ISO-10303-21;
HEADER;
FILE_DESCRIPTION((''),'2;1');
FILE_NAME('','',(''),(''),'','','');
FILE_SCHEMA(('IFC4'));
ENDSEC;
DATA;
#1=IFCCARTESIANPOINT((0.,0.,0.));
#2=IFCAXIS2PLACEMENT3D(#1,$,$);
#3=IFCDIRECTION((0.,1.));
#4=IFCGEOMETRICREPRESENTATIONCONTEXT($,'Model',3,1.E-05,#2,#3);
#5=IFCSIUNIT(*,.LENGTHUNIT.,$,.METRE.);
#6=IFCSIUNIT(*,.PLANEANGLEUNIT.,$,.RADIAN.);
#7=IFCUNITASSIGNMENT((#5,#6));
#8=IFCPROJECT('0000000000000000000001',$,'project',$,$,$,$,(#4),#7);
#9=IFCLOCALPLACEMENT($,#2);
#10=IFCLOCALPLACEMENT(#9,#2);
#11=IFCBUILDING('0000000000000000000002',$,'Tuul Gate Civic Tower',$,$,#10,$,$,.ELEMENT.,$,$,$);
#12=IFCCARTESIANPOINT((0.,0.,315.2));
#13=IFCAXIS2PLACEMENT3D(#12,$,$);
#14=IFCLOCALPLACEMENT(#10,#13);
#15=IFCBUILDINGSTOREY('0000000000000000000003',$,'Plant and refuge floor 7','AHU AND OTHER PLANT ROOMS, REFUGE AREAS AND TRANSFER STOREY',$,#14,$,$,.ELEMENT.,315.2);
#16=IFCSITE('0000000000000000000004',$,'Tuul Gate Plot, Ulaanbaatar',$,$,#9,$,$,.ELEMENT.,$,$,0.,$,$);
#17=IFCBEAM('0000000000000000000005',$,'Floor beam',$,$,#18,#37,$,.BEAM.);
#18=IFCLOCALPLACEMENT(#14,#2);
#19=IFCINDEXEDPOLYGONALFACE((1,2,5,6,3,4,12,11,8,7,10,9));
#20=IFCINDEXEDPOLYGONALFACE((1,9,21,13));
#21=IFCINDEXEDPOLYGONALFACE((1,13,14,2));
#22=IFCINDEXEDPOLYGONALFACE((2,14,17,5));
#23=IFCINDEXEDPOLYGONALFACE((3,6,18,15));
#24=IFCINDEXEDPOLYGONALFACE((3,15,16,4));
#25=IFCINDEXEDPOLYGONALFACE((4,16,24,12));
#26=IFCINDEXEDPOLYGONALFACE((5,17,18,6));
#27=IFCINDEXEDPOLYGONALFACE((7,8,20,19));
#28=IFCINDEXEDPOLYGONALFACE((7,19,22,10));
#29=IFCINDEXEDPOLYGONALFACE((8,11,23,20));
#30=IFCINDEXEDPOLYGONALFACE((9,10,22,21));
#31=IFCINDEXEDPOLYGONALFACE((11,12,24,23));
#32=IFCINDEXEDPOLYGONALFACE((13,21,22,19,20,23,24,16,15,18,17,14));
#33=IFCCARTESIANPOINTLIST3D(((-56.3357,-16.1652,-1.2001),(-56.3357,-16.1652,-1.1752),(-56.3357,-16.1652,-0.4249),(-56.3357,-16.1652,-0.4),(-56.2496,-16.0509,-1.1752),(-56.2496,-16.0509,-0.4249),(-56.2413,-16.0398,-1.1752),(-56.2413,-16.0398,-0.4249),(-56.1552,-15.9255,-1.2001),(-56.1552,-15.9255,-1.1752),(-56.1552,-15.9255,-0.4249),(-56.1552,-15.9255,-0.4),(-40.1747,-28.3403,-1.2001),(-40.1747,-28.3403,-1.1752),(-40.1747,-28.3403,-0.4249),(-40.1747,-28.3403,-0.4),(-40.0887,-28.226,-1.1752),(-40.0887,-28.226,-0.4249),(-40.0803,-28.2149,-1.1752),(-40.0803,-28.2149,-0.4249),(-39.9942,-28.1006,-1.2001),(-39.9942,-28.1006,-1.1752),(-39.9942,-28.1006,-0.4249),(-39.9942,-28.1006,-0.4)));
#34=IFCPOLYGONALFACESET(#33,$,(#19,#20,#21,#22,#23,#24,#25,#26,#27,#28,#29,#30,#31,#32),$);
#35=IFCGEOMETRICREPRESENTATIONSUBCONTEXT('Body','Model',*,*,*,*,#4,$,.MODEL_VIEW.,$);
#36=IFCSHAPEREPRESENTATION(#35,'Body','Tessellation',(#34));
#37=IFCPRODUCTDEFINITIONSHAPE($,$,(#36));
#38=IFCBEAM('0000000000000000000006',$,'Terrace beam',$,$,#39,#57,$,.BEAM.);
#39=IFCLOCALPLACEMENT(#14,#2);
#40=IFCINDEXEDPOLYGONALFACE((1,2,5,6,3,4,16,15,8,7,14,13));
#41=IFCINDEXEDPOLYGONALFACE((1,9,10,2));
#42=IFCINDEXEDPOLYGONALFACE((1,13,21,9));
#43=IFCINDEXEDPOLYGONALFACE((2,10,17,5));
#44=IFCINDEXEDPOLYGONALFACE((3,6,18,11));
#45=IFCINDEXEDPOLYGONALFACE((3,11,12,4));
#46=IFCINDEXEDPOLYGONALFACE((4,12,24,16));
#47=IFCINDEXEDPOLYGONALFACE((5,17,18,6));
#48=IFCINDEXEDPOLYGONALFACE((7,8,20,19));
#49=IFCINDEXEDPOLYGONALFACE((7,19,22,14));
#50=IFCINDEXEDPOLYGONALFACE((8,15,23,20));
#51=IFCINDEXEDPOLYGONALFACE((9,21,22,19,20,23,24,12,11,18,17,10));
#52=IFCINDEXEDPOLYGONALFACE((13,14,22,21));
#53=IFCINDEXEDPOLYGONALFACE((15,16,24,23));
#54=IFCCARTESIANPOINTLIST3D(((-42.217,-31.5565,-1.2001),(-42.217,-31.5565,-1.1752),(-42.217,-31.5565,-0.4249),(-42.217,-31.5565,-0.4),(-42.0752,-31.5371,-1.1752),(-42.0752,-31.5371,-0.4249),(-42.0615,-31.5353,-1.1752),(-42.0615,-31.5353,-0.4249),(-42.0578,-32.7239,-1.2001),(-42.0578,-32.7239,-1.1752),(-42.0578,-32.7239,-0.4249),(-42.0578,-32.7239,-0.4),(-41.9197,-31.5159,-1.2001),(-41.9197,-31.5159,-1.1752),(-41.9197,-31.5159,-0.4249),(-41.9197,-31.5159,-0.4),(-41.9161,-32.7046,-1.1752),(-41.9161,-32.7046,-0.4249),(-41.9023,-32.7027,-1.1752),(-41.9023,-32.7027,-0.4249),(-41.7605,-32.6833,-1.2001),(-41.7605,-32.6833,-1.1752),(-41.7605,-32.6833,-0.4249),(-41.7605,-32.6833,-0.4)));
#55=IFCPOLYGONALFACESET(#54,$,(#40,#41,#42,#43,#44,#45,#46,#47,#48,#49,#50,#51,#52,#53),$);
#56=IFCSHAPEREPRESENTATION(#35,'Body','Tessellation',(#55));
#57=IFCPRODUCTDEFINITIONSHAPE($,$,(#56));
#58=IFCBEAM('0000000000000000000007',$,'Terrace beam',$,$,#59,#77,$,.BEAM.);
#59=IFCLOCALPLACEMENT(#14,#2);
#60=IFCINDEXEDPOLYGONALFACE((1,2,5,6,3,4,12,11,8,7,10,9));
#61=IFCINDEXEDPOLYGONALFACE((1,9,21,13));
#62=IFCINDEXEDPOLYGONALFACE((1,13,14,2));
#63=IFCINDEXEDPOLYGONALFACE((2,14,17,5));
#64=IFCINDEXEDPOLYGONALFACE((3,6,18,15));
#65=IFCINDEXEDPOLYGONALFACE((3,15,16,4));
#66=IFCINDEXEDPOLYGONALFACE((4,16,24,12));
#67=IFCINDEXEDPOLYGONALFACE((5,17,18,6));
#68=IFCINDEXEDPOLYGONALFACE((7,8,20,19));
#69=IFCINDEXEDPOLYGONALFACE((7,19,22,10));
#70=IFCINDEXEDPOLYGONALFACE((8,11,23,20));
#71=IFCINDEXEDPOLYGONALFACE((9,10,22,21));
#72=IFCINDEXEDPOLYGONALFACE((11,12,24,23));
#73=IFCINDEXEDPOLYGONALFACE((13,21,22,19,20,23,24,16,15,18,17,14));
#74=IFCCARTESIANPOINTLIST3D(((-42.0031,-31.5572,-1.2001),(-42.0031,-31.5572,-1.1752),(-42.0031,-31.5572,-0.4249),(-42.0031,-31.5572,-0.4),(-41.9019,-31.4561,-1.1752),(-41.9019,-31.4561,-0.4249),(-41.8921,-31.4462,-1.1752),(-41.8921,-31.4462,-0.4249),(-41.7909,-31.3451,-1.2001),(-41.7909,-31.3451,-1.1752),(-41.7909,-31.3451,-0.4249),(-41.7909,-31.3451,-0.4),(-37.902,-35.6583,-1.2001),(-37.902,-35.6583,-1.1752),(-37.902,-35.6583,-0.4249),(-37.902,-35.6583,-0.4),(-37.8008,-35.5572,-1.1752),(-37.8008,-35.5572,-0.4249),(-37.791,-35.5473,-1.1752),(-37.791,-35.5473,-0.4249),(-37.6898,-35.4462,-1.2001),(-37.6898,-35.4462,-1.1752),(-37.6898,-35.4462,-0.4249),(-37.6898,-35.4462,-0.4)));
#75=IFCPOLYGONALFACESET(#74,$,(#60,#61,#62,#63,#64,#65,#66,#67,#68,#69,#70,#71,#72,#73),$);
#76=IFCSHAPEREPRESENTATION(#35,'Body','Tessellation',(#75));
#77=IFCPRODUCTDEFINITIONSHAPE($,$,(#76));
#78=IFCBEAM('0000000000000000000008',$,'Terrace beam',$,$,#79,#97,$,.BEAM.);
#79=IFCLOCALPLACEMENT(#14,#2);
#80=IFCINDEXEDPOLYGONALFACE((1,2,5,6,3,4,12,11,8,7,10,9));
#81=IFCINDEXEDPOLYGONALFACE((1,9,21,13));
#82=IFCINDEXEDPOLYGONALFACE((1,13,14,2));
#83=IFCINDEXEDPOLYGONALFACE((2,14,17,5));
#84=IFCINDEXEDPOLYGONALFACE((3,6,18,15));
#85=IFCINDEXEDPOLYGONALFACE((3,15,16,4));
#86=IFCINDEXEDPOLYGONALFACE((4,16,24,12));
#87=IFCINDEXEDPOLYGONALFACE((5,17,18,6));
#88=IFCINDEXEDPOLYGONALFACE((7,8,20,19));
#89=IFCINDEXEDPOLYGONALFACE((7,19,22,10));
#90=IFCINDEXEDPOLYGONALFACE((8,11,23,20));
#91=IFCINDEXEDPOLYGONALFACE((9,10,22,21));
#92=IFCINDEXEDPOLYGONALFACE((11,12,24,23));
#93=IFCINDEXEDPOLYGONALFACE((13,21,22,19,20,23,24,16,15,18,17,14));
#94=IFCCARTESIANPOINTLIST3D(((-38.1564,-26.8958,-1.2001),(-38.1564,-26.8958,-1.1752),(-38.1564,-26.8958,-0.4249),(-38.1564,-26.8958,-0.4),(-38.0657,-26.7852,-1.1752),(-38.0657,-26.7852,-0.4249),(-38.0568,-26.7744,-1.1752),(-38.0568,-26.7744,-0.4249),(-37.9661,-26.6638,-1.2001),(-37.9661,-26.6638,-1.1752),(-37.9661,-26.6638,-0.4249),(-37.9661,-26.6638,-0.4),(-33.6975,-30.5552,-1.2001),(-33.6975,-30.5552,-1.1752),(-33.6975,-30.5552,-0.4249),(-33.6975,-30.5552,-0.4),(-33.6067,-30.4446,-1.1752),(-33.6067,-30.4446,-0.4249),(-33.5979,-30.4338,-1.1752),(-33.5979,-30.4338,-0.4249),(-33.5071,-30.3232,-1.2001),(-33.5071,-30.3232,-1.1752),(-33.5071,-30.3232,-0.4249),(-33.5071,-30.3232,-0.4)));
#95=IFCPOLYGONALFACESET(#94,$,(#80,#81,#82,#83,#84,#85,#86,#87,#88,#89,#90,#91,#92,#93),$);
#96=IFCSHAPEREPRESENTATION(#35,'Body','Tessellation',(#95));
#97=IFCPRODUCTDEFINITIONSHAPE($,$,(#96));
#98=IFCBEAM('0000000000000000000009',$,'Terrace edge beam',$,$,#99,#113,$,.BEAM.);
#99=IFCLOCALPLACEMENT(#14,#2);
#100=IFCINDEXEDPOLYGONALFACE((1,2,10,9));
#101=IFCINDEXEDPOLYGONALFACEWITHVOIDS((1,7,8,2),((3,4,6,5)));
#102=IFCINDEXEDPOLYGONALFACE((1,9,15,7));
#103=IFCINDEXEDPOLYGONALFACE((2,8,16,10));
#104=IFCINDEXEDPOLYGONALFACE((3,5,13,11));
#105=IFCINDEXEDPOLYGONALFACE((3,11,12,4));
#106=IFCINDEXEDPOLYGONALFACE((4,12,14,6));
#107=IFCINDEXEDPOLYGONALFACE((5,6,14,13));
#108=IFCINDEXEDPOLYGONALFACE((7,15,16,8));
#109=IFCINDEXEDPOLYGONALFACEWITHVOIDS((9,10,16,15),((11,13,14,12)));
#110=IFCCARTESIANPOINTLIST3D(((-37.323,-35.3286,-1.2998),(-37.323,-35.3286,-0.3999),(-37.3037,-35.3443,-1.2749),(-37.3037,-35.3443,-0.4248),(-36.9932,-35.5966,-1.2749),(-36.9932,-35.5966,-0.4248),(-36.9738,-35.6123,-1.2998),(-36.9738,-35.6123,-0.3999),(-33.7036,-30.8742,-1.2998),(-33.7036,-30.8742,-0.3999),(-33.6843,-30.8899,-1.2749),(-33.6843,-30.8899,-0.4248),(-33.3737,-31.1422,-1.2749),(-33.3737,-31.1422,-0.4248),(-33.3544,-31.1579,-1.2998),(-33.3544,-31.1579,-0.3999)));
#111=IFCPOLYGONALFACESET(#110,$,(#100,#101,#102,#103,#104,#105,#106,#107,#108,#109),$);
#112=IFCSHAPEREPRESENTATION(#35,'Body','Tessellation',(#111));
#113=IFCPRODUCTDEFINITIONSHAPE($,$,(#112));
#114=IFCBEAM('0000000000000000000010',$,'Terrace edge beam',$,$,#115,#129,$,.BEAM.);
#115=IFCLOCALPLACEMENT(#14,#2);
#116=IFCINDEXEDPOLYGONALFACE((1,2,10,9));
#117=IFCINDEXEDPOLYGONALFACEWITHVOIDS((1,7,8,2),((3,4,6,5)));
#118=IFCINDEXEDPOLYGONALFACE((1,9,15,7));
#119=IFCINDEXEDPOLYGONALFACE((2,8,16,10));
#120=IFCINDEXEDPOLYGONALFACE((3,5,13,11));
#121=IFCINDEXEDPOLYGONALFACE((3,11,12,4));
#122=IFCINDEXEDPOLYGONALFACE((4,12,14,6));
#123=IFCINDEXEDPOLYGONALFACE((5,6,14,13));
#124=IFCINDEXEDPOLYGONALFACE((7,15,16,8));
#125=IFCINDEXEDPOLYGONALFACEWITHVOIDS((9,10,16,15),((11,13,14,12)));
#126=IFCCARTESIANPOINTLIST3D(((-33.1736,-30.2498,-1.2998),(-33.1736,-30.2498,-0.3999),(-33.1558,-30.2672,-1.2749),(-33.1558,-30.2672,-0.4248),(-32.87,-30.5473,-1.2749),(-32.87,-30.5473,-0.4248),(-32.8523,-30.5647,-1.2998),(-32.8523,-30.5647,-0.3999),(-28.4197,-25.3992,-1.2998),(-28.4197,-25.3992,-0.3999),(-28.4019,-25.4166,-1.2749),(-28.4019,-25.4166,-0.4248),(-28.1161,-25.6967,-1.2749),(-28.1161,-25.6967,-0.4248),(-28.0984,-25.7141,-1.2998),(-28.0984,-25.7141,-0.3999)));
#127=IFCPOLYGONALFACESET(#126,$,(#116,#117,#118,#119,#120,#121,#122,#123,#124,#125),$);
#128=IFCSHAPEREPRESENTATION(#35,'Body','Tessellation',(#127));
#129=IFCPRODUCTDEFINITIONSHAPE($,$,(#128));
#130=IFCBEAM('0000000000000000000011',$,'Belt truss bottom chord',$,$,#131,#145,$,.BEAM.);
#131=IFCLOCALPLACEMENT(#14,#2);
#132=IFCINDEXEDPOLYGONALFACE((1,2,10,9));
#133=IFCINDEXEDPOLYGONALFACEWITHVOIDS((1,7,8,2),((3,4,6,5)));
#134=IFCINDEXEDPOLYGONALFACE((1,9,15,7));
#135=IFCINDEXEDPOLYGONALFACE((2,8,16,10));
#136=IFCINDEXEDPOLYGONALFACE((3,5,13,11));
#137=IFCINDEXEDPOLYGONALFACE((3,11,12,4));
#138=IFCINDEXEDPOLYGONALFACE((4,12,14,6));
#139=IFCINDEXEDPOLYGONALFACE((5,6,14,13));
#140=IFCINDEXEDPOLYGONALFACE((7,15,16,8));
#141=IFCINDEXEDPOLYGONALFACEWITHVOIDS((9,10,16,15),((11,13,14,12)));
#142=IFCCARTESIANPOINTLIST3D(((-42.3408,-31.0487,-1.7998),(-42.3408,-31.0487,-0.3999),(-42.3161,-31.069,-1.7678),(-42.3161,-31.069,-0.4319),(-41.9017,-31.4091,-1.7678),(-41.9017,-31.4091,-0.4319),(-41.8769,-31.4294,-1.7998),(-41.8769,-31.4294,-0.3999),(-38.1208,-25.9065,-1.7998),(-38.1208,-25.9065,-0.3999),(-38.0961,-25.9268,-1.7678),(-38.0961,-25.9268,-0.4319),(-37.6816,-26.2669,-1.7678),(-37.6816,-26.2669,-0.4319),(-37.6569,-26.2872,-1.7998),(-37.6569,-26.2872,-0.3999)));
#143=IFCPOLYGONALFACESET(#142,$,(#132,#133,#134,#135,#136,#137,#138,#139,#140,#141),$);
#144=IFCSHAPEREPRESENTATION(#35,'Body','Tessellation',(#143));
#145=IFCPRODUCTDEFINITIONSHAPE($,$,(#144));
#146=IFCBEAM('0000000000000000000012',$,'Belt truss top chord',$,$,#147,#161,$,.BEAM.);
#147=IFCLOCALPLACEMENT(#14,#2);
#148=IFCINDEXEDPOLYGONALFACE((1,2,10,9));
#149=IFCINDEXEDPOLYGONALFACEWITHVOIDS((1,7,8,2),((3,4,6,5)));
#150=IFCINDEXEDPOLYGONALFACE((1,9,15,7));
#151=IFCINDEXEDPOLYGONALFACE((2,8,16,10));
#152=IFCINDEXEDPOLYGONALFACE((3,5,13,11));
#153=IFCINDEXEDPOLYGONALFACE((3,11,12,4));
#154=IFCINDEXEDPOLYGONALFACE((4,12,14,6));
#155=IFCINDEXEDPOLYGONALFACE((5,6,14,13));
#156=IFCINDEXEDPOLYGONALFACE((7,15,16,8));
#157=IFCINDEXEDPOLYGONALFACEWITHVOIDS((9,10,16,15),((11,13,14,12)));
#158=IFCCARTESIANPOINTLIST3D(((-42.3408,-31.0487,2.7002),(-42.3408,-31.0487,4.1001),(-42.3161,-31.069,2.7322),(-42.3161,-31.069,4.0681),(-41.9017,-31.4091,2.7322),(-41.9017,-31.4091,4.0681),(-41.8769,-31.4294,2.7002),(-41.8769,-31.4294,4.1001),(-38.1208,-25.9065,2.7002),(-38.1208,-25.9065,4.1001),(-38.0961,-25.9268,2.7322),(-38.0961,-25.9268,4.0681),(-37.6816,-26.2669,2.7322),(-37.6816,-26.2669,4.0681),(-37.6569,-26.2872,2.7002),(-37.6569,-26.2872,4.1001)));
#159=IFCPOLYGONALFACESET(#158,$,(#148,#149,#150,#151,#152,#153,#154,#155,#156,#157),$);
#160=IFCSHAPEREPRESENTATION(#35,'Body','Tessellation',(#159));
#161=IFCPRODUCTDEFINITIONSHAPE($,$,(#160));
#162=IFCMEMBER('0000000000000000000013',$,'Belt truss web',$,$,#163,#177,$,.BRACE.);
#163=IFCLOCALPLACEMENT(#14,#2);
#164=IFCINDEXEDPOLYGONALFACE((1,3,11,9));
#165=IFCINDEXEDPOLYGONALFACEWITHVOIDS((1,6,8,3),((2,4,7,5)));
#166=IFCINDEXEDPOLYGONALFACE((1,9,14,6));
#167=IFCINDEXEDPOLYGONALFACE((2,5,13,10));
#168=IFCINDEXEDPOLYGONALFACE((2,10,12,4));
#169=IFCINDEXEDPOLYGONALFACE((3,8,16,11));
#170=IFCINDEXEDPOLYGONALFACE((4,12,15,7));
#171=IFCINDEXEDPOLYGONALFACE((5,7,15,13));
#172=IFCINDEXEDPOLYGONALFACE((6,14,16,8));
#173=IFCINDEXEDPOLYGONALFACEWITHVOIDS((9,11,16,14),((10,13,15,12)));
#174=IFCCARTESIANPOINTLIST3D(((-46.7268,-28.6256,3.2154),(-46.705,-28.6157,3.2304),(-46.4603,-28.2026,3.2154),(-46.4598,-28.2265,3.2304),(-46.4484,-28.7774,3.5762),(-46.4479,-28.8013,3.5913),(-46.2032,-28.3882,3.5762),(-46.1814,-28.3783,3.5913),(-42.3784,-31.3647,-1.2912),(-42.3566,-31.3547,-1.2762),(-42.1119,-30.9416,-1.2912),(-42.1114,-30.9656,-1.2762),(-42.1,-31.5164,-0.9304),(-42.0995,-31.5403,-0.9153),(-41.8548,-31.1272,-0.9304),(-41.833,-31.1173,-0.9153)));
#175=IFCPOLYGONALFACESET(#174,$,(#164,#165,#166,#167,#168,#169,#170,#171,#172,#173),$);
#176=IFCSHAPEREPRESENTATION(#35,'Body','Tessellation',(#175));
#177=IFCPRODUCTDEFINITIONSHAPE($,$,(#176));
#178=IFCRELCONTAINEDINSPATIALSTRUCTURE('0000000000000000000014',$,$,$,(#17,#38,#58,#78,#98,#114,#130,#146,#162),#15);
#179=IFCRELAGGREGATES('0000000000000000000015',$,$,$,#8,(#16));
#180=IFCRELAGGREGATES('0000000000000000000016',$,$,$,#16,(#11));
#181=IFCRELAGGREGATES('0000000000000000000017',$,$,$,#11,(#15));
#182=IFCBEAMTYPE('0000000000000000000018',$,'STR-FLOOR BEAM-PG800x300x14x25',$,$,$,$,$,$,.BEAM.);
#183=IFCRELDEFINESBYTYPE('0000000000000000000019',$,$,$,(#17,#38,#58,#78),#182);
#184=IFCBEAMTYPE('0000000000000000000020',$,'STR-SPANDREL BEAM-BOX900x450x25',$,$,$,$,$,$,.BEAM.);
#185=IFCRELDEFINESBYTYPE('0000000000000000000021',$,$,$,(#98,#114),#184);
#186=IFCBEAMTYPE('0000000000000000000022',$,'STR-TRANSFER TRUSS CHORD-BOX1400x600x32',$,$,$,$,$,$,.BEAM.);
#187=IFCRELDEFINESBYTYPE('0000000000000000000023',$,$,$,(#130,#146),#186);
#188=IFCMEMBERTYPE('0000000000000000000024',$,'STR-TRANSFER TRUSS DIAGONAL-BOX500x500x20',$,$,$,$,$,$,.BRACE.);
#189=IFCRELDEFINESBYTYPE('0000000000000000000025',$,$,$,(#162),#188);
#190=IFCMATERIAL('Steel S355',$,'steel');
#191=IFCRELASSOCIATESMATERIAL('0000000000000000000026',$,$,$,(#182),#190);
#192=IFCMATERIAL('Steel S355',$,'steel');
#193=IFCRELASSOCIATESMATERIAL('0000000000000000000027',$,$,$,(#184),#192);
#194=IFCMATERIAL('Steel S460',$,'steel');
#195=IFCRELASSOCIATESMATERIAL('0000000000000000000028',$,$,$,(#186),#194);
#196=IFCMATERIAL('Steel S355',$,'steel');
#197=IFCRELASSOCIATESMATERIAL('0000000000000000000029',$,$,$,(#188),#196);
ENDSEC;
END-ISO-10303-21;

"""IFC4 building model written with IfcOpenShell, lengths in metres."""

from ifc_helpers import new_model, si_unit, direction, frame, origin, origin_2d, place, context, subcontext, project, spatial, hollow_rectangle, i_section, extrude, material, material_profile, profile_set, type_object, element, save


model = new_model("IFC4")

# Units and contexts
model_context = context("Model", 3, precision=1e-05, world=origin(), true_north=direction((0.0, 1.0)))
body_context = subcontext(model_context, "Body", "Model", "MODEL_VIEW")
ifc_project = project(units=[si_unit("LENGTHUNIT", "METRE"), si_unit("PLANEANGLEUNIT", "RADIAN")], contexts=[model_context])

# Site, building, storey
site_placement = place(None, origin())
site = spatial("IfcSite", under=ifc_project, at=site_placement, Name="Tuul Gate Plot, Ulaanbaatar", CompositionType="ELEMENT", RefElevation=0.0)
building_placement = place(site_placement, origin())
building = spatial("IfcBuilding", under=site, at=building_placement, Name="Tuul Gate Civic Tower", CompositionType="ELEMENT")
storey_placement = place(building_placement, frame((0.0, 0.0, 315.2)))
storey = spatial("IfcBuildingStorey", under=building, at=storey_placement, Name="Plant and refuge floor 7", Description="AHU AND OTHER PLANT ROOMS, REFUGE AREAS AND TRANSFER STOREY", CompositionType="ELEMENT", Elevation=315.2)

# Beams
ifc_material_1 = material(Name="Steel S355", Category="steel")
ifc_material_profile_1 = material_profile(ifc_material_1, i_section(OverallWidth=0.3, OverallDepth=0.8, WebThickness=0.0139, FlangeThickness=0.0249, at=origin_2d()), Name="PG800x300x14x25")
ifc_profile_set_1 = profile_set([ifc_material_profile_1], Name="Steel S355")
beam_type_1 = type_object("IfcBeamType", Name="STR-FLOOR BEAM-PG800x300x14x25", PredefinedType="BEAM", material=ifc_profile_set_1)
beam_1_placement = place(storey_placement, frame((-40.0845, -28.2205, -0.8), z_axis=(-0.798708, 0.601719, 0.0), x_axis=(-0.601719, -0.798708, 0.0)))
element("IfcBeam", 1, at=beam_1_placement, inside=storey, type_object=beam_type_1, Name="Floor beam", PredefinedType="BEAM", context=body_context, shape_type="SweptSolid", body=[
    extrude(i_section(OverallWidth=0.3, OverallDepth=0.8, WebThickness=0.0139, FlangeThickness=0.0249, at=origin_2d()), origin(), (0.0, 0.0, 1.0), 20.2339),
])
beam_2_placement = place(storey_placement, frame((-41.9092, -32.7036, -0.8), z_axis=(-0.135095, 0.990833, 0.0), x_axis=(-0.990833, -0.135095, 0.0)))
element("IfcBeam", 2, at=beam_2_placement, inside=storey, type_object=beam_type_1, Name="Terrace beam", PredefinedType="BEAM", context=body_context, shape_type="SweptSolid", body=[
    extrude(i_section(OverallWidth=0.3, OverallDepth=0.8, WebThickness=0.0139, FlangeThickness=0.0249, at=origin_2d()), origin(), (0.0, 0.0, 1.0), 1.1782),
])
beam_3_placement = place(storey_placement, frame((-37.7959, -35.5522, -0.8), z_axis=(-0.707107, 0.707107, 0.0), x_axis=(-0.707107, -0.707107, 0.0)))
element("IfcBeam", 3, at=beam_3_placement, inside=storey, type_object=beam_type_1, Name="Terrace beam", PredefinedType="BEAM", context=body_context, shape_type="SweptSolid", body=[
    extrude(i_section(OverallWidth=0.3, OverallDepth=0.8, WebThickness=0.0139, FlangeThickness=0.0249, at=origin_2d()), origin(), (0.0, 0.0, 1.0), 5.7998),
])
beam_4_placement = place(storey_placement, frame((-33.6023, -30.4392, -0.8), z_axis=(-0.773008, 0.634396, 0.0), x_axis=(-0.634396, -0.773008, 0.0)))
element("IfcBeam", 4, at=beam_4_placement, inside=storey, type_object=beam_type_1, Name="Terrace beam", PredefinedType="BEAM", context=body_context, shape_type="SweptSolid", body=[
    extrude(i_section(OverallWidth=0.3, OverallDepth=0.8, WebThickness=0.0139, FlangeThickness=0.0249, at=origin_2d()), origin(), (0.0, 0.0, 1.0), 5.7683),
])
ifc_material_2 = material(Name="Steel S355", Category="steel")
ifc_material_profile_2 = material_profile(ifc_material_2, hollow_rectangle(XDim=0.45, YDim=0.8999, WallThickness=0.0249, at=origin_2d()), Name="BOX900x450x25")
ifc_profile_set_2 = profile_set([ifc_material_profile_2], Name="Steel S355")
beam_type_2 = type_object("IfcBeamType", Name="STR-SPANDREL BEAM-BOX900x450x25", PredefinedType="BEAM", material=ifc_profile_set_2)
beam_5_placement = place(storey_placement, frame((-37.1484, -35.4705, -0.8499), z_axis=(0.630617, 0.776094, 0.0), x_axis=(-0.776094, 0.630617, 0.0)))
element("IfcBeam", 5, at=beam_5_placement, inside=storey, type_object=beam_type_2, Name="Terrace edge beam", PredefinedType="BEAM", context=body_context, shape_type="SweptSolid", body=[
    extrude(hollow_rectangle(XDim=0.45, YDim=0.8999, WallThickness=0.0249, at=origin_2d()), origin(), (0.0, 0.0, 1.0), 5.7395),
])
beam_6_placement = place(storey_placement, frame((-33.0129, -30.4072, -0.8499), z_axis=(0.699954, 0.714188, 0.0), x_axis=(-0.714188, 0.699954, 0.0)))
element("IfcBeam", 6, at=beam_6_placement, inside=storey, type_object=beam_type_2, Name="Terrace edge beam", PredefinedType="BEAM", context=body_context, shape_type="SweptSolid", body=[
    extrude(hollow_rectangle(XDim=0.45, YDim=0.8999, WallThickness=0.0249, at=origin_2d()), origin(), (0.0, 0.0, 1.0), 6.7917),
])
ifc_material_3 = material(Name="Steel S460", Category="steel")
ifc_material_profile_3 = material_profile(ifc_material_3, hollow_rectangle(XDim=0.6001, YDim=1.3999, WallThickness=0.032, at=origin_2d()), Name="BOX1400x600x32")
ifc_profile_set_3 = profile_set([ifc_material_profile_3], Name="Steel S460")
beam_type_3 = type_object("IfcBeamType", Name="STR-TRANSFER TRUSS CHORD-BOX1400x600x32", PredefinedType="BEAM", material=ifc_profile_set_3)
for number, where, z_axis, x_axis, name in (
    (7, (-42.1089, -31.239, -1.0999), (0.63439, 0.773013, 0.0), (-0.773013, 0.63439, 0.0), "Belt truss bottom chord"),
    (8, (-42.1089, -31.239, 3.4001), (0.63439, 0.773013, 0.0), (-0.773013, 0.63439, 0.0), "Belt truss top chord"),
):
    element("IfcBeam", number, at=place(storey_placement, frame(where, z_axis=z_axis, x_axis=x_axis)), inside=storey, type_object=beam_type_3, Name=name, PredefinedType="BEAM", context=body_context, shape_type="SweptSolid", body=[
        extrude(hollow_rectangle(XDim=0.6001, YDim=1.3999, WallThickness=0.032, at=origin_2d()), origin(), (0.0, 0.0, 1.0), 6.6521),
    ])

# Member
ifc_material_4 = material(Name="Steel S355", Category="steel")
ifc_material_profile_4 = material_profile(ifc_material_4, hollow_rectangle(XDim=0.5, YDim=0.5, WallThickness=0.02, at=origin_2d()), Name="BOX500x500x20")
ifc_profile_set_4 = profile_set([ifc_material_profile_4], Name="Steel S355")
member_type_1 = type_object("IfcMemberType", Name="STR-TRANSFER TRUSS DIAGONAL-BOX500x500x20", PredefinedType="BRACE", material=ifc_profile_set_4)
member_1_placement = place(storey_placement, frame((-42.1057, -31.241, -1.1033), z_axis=(-0.636175, 0.400721, 0.65932), x_axis=(-0.532972, -0.846133, 0.0)))
element("IfcMember", 9, at=member_1_placement, inside=storey, type_object=member_type_1, Name="Belt truss web", PredefinedType="BRACE", context=body_context, shape_type="SweptSolid", body=[
    extrude(hollow_rectangle(XDim=0.5, YDim=0.5, WallThickness=0.02, at=origin_2d()), origin(), (0.0, 0.0, 1.0), 6.8352),
])

save(model, "model.ifc")
